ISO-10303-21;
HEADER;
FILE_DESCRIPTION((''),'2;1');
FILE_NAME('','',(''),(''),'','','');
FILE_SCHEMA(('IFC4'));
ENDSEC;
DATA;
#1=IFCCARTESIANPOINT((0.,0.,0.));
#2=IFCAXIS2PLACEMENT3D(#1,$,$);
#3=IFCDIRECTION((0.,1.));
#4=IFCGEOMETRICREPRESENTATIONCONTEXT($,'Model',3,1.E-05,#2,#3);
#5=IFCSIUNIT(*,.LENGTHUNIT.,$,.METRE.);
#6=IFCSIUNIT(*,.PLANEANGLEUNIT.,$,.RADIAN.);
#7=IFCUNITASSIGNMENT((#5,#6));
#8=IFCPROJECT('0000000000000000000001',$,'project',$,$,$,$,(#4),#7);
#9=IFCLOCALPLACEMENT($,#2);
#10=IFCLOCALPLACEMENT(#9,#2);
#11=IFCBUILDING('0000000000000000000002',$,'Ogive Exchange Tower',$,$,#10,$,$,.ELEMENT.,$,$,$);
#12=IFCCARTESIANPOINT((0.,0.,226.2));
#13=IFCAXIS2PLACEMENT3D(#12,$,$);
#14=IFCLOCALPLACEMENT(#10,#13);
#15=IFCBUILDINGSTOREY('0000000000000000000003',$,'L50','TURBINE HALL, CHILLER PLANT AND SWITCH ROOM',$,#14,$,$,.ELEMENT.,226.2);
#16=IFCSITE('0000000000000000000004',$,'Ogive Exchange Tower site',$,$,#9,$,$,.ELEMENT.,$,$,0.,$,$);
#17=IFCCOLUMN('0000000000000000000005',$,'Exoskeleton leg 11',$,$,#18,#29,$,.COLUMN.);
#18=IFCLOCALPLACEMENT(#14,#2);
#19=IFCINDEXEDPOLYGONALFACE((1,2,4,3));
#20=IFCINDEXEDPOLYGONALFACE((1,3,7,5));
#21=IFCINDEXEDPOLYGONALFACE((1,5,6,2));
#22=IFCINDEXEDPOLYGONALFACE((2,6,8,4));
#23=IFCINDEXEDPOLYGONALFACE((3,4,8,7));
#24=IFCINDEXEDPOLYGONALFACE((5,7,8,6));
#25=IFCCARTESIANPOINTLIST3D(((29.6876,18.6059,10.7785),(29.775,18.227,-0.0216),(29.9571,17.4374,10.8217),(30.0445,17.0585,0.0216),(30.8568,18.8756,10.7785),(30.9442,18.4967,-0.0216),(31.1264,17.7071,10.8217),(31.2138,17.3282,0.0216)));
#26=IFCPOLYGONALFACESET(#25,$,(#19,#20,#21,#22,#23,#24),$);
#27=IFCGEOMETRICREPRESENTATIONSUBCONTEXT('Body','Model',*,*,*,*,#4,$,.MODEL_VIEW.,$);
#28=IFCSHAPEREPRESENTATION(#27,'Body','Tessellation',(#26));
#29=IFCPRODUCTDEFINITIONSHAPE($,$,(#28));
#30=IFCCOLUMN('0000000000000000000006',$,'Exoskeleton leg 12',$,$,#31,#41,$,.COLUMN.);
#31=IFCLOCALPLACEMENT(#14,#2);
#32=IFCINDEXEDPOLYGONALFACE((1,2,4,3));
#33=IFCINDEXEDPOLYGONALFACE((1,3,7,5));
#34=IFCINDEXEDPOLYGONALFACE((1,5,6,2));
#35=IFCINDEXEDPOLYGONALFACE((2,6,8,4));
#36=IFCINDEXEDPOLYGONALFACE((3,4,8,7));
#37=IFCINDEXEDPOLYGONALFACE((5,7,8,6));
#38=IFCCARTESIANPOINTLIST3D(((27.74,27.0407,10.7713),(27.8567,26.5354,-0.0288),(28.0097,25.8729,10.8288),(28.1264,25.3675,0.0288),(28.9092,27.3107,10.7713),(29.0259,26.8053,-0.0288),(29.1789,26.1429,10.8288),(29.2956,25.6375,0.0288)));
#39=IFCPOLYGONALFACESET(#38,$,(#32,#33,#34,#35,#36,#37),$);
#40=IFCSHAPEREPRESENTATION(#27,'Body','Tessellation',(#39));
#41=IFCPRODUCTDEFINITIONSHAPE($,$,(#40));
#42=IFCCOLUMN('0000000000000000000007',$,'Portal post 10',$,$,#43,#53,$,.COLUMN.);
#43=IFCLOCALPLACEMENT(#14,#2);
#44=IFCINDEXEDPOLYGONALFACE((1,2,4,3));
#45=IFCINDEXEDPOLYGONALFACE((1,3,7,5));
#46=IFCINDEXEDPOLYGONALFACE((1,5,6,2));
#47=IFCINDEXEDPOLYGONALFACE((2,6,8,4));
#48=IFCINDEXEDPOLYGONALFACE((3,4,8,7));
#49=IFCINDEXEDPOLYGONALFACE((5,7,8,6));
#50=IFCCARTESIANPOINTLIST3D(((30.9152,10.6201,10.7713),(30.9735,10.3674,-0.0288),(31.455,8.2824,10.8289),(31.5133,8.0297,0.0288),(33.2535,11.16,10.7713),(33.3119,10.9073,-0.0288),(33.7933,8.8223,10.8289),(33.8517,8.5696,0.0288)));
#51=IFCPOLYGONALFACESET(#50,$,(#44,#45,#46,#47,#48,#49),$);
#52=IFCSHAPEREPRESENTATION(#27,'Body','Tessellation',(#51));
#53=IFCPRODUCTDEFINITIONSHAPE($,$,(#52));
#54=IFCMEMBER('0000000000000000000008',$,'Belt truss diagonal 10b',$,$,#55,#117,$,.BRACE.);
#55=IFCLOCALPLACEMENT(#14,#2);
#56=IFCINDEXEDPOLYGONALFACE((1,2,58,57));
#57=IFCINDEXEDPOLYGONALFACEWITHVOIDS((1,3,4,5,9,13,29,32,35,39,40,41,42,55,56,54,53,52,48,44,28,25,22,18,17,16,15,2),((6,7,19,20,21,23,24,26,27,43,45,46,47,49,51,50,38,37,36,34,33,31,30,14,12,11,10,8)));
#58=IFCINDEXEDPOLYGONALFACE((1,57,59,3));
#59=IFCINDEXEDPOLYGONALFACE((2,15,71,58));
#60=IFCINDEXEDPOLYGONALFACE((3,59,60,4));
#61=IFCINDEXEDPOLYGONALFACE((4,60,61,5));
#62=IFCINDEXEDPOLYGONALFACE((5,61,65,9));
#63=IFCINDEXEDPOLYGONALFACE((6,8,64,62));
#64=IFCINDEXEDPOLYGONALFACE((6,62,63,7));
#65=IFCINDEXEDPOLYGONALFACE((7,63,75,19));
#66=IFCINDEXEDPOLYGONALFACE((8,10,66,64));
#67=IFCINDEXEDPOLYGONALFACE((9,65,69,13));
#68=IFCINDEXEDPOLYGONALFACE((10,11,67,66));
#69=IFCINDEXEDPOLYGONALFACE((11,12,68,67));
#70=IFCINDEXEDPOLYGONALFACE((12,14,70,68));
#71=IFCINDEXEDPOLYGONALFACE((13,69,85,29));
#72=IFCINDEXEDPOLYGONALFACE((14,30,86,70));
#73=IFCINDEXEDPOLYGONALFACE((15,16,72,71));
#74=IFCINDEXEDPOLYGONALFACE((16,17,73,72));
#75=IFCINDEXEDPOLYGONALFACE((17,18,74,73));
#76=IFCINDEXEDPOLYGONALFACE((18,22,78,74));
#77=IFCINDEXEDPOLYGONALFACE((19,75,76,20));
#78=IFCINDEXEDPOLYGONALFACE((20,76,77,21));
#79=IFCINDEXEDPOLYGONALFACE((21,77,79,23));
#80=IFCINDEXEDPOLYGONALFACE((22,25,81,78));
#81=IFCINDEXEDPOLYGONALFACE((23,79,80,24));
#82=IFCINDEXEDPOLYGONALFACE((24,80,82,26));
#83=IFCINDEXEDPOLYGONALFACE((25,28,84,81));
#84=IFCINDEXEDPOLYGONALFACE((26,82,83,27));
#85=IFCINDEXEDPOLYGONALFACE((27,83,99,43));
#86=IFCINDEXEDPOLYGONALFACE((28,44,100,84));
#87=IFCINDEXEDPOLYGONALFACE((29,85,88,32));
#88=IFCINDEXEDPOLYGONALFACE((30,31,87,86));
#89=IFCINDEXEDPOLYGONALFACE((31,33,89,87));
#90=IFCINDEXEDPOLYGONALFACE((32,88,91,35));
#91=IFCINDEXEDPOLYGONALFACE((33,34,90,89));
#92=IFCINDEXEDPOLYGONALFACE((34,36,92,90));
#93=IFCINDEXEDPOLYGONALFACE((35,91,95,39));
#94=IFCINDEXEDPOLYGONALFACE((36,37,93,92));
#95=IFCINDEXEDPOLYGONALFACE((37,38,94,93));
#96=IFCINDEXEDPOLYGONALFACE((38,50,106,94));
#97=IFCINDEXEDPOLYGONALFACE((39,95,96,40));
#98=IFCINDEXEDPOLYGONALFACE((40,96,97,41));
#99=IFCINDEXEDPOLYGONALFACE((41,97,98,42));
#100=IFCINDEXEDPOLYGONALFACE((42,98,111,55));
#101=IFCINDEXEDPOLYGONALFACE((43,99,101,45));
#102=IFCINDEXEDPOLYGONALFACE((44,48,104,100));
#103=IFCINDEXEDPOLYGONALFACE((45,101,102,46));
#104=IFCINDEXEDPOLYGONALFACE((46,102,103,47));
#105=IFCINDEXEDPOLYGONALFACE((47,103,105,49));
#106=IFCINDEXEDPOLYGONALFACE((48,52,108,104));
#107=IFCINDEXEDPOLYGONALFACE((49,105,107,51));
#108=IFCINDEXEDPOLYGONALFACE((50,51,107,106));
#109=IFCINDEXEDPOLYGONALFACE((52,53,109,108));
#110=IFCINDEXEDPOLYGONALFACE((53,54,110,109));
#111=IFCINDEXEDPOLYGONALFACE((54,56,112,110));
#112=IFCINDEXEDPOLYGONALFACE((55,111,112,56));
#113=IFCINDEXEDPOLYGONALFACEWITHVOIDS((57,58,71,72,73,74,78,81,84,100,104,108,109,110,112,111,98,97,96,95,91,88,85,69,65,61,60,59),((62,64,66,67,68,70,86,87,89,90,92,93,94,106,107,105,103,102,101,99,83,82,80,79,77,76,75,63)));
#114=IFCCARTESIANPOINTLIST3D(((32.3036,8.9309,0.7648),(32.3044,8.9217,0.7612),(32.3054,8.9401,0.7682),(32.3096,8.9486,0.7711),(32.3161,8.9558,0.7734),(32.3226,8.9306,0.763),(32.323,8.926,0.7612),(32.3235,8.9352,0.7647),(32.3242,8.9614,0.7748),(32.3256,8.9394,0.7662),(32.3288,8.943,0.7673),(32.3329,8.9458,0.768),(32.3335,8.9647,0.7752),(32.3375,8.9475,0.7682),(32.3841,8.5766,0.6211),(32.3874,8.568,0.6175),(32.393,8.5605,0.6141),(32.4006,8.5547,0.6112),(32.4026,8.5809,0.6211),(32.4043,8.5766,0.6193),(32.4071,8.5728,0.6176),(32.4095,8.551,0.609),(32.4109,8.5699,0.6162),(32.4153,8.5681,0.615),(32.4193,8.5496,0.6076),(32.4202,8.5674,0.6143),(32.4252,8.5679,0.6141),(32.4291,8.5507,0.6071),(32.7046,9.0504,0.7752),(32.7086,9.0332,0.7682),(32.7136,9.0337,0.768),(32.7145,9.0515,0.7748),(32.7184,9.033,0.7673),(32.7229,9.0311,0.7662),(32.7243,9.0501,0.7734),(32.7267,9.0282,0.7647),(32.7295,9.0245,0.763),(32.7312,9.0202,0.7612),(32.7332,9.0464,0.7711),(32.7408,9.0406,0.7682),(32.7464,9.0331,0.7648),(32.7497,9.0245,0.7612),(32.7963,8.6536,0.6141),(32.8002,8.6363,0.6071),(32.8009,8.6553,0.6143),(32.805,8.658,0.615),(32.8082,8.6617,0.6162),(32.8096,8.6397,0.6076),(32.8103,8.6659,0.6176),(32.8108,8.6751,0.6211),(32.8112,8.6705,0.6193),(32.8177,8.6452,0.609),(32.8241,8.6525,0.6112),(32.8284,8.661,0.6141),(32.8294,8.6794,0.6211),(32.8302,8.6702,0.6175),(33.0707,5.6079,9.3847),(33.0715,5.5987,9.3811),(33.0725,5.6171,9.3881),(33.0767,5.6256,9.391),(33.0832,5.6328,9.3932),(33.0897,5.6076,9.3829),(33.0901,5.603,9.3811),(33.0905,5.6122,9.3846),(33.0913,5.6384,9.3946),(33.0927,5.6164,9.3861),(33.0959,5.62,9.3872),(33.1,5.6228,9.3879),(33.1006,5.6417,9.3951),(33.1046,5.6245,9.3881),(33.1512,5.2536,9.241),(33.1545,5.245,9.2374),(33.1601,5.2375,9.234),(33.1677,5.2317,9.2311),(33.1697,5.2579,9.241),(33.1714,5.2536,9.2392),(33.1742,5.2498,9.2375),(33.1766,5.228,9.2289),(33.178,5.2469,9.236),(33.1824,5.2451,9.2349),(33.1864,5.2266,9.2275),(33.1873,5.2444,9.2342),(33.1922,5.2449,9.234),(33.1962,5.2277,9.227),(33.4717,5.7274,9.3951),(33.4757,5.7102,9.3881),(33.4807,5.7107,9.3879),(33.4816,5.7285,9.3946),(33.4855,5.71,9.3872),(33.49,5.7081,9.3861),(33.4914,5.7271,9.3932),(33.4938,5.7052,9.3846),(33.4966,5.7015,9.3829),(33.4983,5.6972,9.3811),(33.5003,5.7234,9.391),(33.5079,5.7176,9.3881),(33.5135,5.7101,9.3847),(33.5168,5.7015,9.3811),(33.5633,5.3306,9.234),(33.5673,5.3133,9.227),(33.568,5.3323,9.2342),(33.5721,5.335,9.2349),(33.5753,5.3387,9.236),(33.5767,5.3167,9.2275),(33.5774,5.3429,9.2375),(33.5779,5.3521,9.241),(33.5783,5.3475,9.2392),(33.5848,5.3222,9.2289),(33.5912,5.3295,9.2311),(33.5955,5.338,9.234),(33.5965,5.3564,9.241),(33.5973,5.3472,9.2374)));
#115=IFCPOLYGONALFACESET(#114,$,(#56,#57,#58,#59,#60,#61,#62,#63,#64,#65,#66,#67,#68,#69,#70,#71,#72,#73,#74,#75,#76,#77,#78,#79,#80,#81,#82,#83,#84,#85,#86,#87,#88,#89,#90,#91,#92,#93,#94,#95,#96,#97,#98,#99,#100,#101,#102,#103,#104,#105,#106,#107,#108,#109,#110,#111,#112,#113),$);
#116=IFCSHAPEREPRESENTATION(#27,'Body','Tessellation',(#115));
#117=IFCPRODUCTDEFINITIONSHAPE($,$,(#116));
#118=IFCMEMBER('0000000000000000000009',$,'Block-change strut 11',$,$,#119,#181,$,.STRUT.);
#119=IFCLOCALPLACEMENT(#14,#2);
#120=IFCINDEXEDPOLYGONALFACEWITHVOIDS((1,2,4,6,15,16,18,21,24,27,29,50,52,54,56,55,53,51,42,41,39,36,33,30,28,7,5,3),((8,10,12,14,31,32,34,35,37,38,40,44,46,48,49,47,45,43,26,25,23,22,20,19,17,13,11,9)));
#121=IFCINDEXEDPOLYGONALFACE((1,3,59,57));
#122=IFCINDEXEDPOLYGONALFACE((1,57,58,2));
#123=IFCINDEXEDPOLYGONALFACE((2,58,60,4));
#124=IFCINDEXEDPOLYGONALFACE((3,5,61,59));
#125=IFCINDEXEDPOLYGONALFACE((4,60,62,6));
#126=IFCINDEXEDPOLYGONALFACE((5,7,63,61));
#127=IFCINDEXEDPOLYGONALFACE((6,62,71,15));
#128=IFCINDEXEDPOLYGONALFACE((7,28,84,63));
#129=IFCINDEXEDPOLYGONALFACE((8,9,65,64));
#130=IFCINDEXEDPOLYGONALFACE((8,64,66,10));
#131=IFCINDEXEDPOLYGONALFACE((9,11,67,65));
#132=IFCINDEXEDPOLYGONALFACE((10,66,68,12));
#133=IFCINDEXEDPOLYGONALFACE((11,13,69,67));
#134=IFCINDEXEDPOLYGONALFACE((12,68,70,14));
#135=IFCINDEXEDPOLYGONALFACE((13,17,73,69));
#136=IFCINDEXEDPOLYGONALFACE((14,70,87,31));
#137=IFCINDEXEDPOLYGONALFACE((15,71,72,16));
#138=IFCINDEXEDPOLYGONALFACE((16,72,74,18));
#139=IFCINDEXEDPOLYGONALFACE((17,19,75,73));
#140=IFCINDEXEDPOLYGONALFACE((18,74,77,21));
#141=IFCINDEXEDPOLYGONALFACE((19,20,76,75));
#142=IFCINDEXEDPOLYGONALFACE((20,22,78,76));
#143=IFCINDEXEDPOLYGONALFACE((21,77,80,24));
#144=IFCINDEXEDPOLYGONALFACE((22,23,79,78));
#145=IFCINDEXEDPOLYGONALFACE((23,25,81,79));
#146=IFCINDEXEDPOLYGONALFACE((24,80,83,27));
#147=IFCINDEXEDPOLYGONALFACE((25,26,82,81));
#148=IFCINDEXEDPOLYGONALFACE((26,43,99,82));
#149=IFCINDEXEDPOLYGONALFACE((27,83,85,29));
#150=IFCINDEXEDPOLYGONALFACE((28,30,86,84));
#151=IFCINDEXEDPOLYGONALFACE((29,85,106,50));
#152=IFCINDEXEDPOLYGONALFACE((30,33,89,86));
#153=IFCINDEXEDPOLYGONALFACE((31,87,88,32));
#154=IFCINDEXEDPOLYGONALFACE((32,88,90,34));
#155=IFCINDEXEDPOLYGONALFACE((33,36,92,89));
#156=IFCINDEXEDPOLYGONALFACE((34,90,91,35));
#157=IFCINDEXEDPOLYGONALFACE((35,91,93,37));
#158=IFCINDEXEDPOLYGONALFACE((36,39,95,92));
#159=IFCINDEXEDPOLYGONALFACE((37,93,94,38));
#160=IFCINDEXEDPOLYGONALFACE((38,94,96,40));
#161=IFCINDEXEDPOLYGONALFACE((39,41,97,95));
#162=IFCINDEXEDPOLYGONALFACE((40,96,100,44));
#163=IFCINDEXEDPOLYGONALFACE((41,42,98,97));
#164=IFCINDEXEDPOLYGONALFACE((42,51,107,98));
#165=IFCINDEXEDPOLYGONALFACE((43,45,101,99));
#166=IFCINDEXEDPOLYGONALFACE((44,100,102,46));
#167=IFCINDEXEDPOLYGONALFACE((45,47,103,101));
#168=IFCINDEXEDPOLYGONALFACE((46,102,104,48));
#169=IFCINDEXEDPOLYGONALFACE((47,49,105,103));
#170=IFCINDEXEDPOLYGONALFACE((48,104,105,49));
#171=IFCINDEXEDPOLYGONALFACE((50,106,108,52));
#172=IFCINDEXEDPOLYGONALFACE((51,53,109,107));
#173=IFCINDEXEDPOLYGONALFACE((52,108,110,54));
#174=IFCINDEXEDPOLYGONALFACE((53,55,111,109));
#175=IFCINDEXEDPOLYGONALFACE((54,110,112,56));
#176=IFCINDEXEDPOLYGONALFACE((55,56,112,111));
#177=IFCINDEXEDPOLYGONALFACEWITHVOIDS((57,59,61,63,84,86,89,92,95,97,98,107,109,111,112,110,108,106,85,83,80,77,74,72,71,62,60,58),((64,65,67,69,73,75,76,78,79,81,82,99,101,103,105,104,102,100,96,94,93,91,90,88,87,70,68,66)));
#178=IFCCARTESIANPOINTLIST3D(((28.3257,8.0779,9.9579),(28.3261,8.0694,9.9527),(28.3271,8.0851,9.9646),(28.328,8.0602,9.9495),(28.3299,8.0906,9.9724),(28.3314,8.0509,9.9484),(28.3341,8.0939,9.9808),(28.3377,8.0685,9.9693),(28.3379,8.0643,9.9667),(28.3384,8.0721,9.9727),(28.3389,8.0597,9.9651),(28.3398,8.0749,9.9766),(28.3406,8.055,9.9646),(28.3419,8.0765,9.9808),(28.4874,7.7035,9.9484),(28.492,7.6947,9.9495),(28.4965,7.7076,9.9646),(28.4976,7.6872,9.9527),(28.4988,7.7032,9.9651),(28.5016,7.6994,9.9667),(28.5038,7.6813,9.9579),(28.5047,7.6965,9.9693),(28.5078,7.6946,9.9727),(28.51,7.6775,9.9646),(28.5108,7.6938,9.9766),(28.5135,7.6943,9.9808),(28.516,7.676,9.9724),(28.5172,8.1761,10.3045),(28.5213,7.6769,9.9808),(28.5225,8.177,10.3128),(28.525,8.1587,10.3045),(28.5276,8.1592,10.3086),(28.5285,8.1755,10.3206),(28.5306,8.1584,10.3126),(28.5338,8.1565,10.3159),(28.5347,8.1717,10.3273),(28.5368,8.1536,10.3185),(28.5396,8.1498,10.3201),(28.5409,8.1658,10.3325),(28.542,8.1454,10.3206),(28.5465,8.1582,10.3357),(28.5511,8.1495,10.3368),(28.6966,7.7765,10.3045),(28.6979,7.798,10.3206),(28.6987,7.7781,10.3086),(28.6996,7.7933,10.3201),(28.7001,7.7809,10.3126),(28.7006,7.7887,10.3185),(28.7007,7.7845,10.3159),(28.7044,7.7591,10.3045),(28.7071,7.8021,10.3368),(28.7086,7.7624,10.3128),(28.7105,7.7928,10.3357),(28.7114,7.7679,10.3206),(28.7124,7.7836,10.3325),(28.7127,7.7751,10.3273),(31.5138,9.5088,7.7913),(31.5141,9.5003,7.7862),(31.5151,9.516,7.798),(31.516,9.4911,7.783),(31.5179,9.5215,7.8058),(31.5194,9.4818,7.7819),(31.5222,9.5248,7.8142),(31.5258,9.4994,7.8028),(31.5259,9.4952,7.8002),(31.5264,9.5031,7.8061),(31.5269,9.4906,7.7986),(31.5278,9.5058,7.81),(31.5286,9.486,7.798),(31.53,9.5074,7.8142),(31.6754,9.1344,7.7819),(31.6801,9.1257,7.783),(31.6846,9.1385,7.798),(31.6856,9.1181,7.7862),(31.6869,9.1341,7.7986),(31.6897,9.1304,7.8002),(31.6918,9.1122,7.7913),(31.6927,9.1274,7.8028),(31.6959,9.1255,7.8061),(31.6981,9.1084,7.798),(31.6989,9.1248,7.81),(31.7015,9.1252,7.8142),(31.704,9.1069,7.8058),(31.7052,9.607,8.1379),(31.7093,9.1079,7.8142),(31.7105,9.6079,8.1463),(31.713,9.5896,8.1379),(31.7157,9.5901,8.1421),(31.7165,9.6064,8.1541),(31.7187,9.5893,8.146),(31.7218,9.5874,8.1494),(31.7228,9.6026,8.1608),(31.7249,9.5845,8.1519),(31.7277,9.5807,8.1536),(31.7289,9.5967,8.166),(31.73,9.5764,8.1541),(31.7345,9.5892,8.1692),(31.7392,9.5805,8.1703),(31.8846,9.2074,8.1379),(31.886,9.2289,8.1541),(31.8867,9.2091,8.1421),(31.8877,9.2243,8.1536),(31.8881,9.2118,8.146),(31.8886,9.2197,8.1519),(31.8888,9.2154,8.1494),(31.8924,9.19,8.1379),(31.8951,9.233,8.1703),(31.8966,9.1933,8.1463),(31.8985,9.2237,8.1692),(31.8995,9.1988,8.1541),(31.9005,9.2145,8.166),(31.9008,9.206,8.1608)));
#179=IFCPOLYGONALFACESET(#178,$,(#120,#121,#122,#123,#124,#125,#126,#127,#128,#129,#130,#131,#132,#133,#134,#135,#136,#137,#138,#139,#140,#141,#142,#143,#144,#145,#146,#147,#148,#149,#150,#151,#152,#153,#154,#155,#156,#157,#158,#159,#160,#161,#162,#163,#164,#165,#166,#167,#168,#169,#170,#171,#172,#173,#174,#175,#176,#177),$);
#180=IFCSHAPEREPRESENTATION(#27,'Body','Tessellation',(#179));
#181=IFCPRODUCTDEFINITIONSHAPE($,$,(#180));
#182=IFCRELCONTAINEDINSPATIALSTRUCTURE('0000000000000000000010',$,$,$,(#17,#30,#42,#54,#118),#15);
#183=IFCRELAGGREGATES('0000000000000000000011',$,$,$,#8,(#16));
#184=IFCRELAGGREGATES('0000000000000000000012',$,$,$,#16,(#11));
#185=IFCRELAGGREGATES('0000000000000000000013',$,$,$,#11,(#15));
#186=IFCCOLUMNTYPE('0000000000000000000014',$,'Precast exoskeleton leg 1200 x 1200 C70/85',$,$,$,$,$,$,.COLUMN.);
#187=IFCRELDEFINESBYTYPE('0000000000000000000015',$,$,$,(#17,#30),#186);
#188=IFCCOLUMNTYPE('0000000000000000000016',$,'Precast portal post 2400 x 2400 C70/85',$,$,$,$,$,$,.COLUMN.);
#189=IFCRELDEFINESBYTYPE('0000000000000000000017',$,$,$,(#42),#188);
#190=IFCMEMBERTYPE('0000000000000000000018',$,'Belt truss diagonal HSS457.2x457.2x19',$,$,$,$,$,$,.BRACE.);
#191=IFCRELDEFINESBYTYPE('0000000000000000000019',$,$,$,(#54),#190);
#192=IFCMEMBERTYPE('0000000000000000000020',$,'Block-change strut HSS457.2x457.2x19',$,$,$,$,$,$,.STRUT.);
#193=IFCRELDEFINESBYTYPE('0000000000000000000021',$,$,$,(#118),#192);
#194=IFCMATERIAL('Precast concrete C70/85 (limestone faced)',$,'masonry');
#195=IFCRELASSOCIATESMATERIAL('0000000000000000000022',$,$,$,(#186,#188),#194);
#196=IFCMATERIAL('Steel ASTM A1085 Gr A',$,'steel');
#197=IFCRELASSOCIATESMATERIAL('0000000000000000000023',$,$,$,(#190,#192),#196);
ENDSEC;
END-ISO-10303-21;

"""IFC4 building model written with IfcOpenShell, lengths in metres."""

from ifc_helpers import new_model, si_unit, direction, frame, origin, origin_2d, place, context, subcontext, project, spatial, rectangle, hollow_rectangle, extrude, material, material_profile, profile_set, type_object, element, save


model = new_model("IFC4")

# Units and contexts
model_context = context("Model", 3, precision=1e-05, world=origin(), true_north=direction((0.0, 1.0)))
body_context = subcontext(model_context, "Body", "Model", "MODEL_VIEW")
ifc_project = project(units=[si_unit("LENGTHUNIT", "METRE"), si_unit("PLANEANGLEUNIT", "RADIAN")], contexts=[model_context])

# Site, building, storey
site_placement = place(None, origin())
site = spatial("IfcSite", under=ifc_project, at=site_placement, Name="Ogive Exchange Tower site", CompositionType="ELEMENT", RefElevation=0.0)
building_placement = place(site_placement, origin())
building = spatial("IfcBuilding", under=site, at=building_placement, Name="Ogive Exchange Tower", CompositionType="ELEMENT")
storey_placement = place(building_placement, frame((0.0, 0.0, 226.2)))
storey = spatial("IfcBuildingStorey", under=building, at=storey_placement, Name="L50", Description="TURBINE HALL, CHILLER PLANT AND SWITCH ROOM", CompositionType="ELEMENT", Elevation=226.2)

# Columns
ifc_material_1 = material(Name="Precast concrete C70/85 (limestone faced)", Category="masonry")
ifc_material_profile_1 = material_profile(ifc_material_1, rectangle(XDim=1.2, YDim=1.2, at=origin_2d()), Name="1200 x 1200")
ifc_profile_set_1 = profile_set([ifc_material_profile_1], Name="Precast concrete C70/85 (limestone faced)")
column_type_1 = type_object("IfcColumnType", Name="Precast exoskeleton leg 1200 x 1200 C70/85", PredefinedType="COLUMN", material=ifc_profile_set_1)
column_1_placement = place(storey_placement, frame((30.4944, 17.7776, 0.0), z_axis=(-0.008088, 0.035061, 0.999352), x_axis=(-0.974412, -0.224768, 0.0)))
element("IfcColumn", 1, at=column_1_placement, inside=storey, type_object=column_type_1, Name="Exoskeleton leg 11", PredefinedType="COLUMN", context=body_context, shape_type="SweptSolid", body=[
    extrude(rectangle(XDim=1.2, YDim=1.2, at=origin_2d()), origin(), (0.0, 0.0, 1.0), 10.8071),
])
column_2_placement = place(storey_placement, frame((28.5762, 26.0864, 0.0), z_axis=(-0.010793, 0.04674, 0.998849), x_axis=(-0.974359, -0.224997, 0.0)))
element("IfcColumn", 2, at=column_2_placement, inside=storey, type_object=column_type_1, Name="Exoskeleton leg 12", PredefinedType="COLUMN", context=body_context, shape_type="SweptSolid", body=[
    extrude(rectangle(XDim=1.2, YDim=1.2, at=origin_2d()), origin(), (0.0, 0.0, 1.0), 10.8125),
])
ifc_material_profile_2 = material_profile(ifc_material_1, rectangle(XDim=2.3999, YDim=2.3999, at=origin_2d()), Name="2400 x 2400")
ifc_profile_set_2 = profile_set([ifc_material_profile_2], Name="Precast concrete C70/85 (limestone faced)")
column_type_2 = type_object("IfcColumnType", Name="Precast portal post 2400 x 2400 C70/85", PredefinedType="COLUMN", material=ifc_profile_set_2)
column_3_placement = place(storey_placement, frame((32.4126, 9.4685, 0.0), z_axis=(-0.005401, 0.02339, 0.999712), x_axis=(-0.974359, -0.224997, 0.0)))
element("IfcColumn", 3, at=column_3_placement, inside=storey, type_object=column_type_2, Name="Portal post 10", PredefinedType="COLUMN", context=body_context, shape_type="SweptSolid", body=[
    extrude(rectangle(XDim=2.3999, YDim=2.3999, at=origin_2d()), origin(), (0.0, 0.0, 1.0), 10.8032),
])

# Members
ifc_material_2 = material(Name="Steel ASTM A1085 Gr A", Category="steel")
ifc_material_profile_3 = material_profile(ifc_material_2, hollow_rectangle(XDim=0.457, YDim=0.457, WallThickness=0.019, InnerFilletRadius=0.019, OuterFilletRadius=0.0381, at=origin_2d()), Name="HSS457.2x457.2x19")
ifc_profile_set_3 = profile_set([ifc_material_profile_3], Name="Steel ASTM A1085 Gr A")
member_type_1 = type_object("IfcMemberType", Name="Belt truss diagonal HSS457.2x457.2x19", PredefinedType="BRACE", material=ifc_profile_set_3)
member_1_placement = place(storey_placement, frame((32.5669, 8.8005, 0.6912), z_axis=(0.08275, -0.358468, 0.929867), x_axis=(0.974376, 0.224927, 0.0)))
element("IfcMember", 4, at=member_1_placement, inside=storey, type_object=member_type_1, Name="Belt truss diagonal 10b", PredefinedType="BRACE", context=body_context, shape_type="SweptSolid", body=[
    extrude(hollow_rectangle(XDim=0.457, YDim=0.457, WallThickness=0.019, InnerFilletRadius=0.019, OuterFilletRadius=0.0381, at=origin_2d()), origin(), (0.0, 0.0, 1.0), 9.27),
])
ifc_material_profile_4 = material_profile(ifc_material_2, hollow_rectangle(XDim=0.457, YDim=0.457, WallThickness=0.019, InnerFilletRadius=0.019, OuterFilletRadius=0.0381, at=origin_2d()), Name="HSS457.2x457.2x19")
ifc_profile_set_4 = profile_set([ifc_material_profile_4], Name="Steel ASTM A1085 Gr A")
member_type_2 = type_object("IfcMemberType", Name="Block-change strut HSS457.2x457.2x19", PredefinedType="STRUT", material=ifc_profile_set_4)
member_2_placement = place(storey_placement, frame((31.7073, 9.3574, 7.9761), z_axis=(-0.775382, -0.348025, 0.526936), x_axis=(0.409487, -0.912316, 0.0)))
element("IfcMember", 5, at=member_2_placement, inside=storey, type_object=member_type_2, Name="Block-change strut 11", PredefinedType="STRUT", context=body_context, shape_type="SweptSolid", body=[
    extrude(hollow_rectangle(XDim=0.457, YDim=0.457, WallThickness=0.019, InnerFilletRadius=0.019, OuterFilletRadius=0.0381, at=origin_2d()), origin(), (0.0, 0.0, 1.0), 4.1116),
])

save(model, "model.ifc")
